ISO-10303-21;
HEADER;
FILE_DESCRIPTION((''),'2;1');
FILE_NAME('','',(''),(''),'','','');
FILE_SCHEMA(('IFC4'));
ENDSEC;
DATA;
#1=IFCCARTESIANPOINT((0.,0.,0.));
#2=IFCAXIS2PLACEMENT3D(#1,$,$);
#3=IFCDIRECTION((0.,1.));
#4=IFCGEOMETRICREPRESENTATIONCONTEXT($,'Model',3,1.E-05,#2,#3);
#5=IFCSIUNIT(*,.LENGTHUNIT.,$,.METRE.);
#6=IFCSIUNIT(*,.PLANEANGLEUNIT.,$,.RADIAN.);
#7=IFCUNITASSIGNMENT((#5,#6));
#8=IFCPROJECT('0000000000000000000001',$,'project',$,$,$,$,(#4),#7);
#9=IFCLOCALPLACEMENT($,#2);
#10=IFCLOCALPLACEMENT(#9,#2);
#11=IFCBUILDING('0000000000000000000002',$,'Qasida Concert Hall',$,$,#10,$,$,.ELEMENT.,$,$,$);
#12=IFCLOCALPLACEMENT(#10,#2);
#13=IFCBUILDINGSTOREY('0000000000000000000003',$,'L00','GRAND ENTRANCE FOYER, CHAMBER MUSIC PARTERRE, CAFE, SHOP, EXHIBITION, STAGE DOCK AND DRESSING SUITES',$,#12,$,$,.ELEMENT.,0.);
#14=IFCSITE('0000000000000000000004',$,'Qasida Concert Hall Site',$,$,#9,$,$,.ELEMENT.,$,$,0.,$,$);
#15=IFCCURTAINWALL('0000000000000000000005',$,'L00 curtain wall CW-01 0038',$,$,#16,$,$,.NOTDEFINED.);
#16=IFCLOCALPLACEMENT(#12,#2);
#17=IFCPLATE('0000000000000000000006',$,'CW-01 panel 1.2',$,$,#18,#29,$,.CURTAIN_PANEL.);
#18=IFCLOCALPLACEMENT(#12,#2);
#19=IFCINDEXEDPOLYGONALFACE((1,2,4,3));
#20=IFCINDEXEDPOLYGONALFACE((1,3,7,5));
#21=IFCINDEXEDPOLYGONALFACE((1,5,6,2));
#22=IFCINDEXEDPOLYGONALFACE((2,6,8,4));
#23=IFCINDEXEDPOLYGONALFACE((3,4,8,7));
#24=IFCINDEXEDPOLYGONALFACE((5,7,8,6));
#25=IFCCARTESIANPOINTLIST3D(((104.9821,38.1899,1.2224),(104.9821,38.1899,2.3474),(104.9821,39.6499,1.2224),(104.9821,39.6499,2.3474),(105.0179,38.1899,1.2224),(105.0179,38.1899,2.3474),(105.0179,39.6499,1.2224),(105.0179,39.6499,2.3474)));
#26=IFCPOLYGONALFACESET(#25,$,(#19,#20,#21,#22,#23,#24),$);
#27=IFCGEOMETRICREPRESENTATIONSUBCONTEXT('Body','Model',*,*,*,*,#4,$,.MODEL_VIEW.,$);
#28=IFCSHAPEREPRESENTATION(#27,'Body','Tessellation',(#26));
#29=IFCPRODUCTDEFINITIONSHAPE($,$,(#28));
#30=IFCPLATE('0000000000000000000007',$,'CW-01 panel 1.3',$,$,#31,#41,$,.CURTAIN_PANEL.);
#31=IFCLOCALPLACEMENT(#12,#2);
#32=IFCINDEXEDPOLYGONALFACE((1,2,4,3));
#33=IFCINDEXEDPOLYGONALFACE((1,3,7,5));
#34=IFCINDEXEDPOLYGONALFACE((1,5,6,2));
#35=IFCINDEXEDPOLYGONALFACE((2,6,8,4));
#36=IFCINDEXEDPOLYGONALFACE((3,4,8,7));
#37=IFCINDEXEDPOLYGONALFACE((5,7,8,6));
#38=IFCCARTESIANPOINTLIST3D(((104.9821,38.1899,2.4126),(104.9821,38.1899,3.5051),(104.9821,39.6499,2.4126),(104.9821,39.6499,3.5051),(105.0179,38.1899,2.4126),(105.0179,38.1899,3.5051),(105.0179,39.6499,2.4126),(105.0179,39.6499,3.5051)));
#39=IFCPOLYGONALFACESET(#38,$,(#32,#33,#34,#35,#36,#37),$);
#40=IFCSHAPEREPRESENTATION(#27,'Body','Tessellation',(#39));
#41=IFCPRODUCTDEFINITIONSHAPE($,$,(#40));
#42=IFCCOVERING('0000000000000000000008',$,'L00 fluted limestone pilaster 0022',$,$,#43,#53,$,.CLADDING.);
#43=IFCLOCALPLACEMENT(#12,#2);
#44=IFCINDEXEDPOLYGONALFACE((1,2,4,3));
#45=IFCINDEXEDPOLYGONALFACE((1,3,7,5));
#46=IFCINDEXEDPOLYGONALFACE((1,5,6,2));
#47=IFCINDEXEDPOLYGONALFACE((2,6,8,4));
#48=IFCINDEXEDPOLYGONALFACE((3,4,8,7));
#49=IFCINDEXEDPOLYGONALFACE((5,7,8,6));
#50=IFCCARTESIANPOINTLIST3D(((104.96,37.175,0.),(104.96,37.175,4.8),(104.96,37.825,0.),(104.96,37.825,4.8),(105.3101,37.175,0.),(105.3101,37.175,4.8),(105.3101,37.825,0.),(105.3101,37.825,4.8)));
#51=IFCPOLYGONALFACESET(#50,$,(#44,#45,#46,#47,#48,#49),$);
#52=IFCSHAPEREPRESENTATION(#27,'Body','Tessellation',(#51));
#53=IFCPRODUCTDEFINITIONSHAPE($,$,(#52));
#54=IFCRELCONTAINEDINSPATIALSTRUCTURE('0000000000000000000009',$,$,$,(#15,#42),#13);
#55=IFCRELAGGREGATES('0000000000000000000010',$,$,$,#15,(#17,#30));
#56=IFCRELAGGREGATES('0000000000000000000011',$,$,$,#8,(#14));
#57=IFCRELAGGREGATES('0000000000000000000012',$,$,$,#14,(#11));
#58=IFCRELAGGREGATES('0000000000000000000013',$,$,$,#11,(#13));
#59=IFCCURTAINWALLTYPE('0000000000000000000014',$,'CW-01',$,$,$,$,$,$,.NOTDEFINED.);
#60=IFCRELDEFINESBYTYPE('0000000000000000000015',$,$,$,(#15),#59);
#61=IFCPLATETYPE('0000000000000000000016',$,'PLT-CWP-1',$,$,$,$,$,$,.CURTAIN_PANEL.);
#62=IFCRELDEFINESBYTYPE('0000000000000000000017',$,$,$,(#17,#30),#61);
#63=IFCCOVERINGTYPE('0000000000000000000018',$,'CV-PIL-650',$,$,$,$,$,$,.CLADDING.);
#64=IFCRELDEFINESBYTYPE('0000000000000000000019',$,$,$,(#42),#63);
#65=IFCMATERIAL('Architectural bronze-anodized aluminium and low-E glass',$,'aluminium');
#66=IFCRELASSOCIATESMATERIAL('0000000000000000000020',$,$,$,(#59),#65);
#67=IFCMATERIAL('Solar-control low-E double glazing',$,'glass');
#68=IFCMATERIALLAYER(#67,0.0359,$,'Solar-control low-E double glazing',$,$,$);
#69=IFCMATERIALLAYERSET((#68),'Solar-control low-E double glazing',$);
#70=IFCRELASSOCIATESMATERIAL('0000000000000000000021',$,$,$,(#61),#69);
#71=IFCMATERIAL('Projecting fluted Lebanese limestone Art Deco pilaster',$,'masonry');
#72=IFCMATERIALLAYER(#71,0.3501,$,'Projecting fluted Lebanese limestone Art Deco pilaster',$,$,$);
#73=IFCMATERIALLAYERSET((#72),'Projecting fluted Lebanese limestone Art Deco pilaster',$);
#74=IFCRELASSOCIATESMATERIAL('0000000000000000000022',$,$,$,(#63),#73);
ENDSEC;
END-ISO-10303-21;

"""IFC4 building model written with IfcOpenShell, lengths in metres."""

from ifc_helpers import new_model, si_unit, direction, frame, origin, origin_2d, place, context, subcontext, project, spatial, rectangle, extrude, material, layer, layer_set, type_object, element, aggregate, save


model = new_model("IFC4")

# Units and contexts
model_context = context("Model", 3, precision=1e-05, world=origin(), true_north=direction((0.0, 1.0)))
body_context = subcontext(model_context, "Body", "Model", "MODEL_VIEW")
ifc_project = project(units=[si_unit("LENGTHUNIT", "METRE"), si_unit("PLANEANGLEUNIT", "RADIAN")], contexts=[model_context])

# Site, building, storey
site_placement = place(None, origin())
site = spatial("IfcSite", under=ifc_project, at=site_placement, Name="Qasida Concert Hall Site", CompositionType="ELEMENT", RefElevation=0.0)
building_placement = place(site_placement, origin())
building = spatial("IfcBuilding", under=site, at=building_placement, Name="Qasida Concert Hall", CompositionType="ELEMENT")
storey_placement = place(building_placement, origin())
storey = spatial("IfcBuildingStorey", under=building, at=storey_placement, Name="L00", Description="GRAND ENTRANCE FOYER, CHAMBER MUSIC PARTERRE, CAFE, SHOP, EXHIBITION, STAGE DOCK AND DRESSING SUITES", CompositionType="ELEMENT", Elevation=0.0)

# Shared definitions
ifc_material_1 = material(Name="Architectural bronze-anodized aluminium and low-E glass", Category="aluminium")
curtain_wall_type = type_object("IfcCurtainWallType", Name="CW-01", PredefinedType="NOTDEFINED", material=ifc_material_1)

# Curtain wall
curtain_wall_1_placement = place(storey_placement, origin())
curtain_wall_1 = element("IfcCurtainWall", 1, at=curtain_wall_1_placement, inside=storey, type_object=curtain_wall_type, Name="L00 curtain wall CW-01 0038", PredefinedType="NOTDEFINED")

# Plates
ifc_material_2 = material(Name="Solar-control low-E double glazing", Category="glass")
ifc_layer_1 = layer(ifc_material_2, 0.0359, Name="Solar-control low-E double glazing")
ifc_layer_set_1 = layer_set([ifc_layer_1], Name="Solar-control low-E double glazing")
plate_type = type_object("IfcPlateType", Name="PLT-CWP-1", PredefinedType="CURTAIN_PANEL", material=ifc_layer_set_1)
plate_1_placement = place(storey_placement, frame((105.0, 38.9199, 1.2224), z_axis=(0.0, 0.0, 1.0), x_axis=(0.0, 1.0, 0.0)))
plate_1 = element("IfcPlate", 2, at=plate_1_placement, type_object=plate_type, Name="CW-01 panel 1.2", PredefinedType="CURTAIN_PANEL", context=body_context, shape_type="SweptSolid", body=[
    extrude(rectangle(XDim=1.46, YDim=0.0359, at=origin_2d()), origin(), (0.0, 0.0, 1.0), 1.125),
])
plate_2_placement = place(storey_placement, frame((105.0, 38.9199, 2.4126), z_axis=(0.0, 0.0, 1.0), x_axis=(0.0, 1.0, 0.0)))
plate_2 = element("IfcPlate", 3, at=plate_2_placement, type_object=plate_type, Name="CW-01 panel 1.3", PredefinedType="CURTAIN_PANEL", context=body_context, shape_type="SweptSolid", body=[
    extrude(rectangle(XDim=1.46, YDim=0.0359, at=origin_2d()), origin(), (0.0, 0.0, 1.0), 1.0925),
])
aggregate(curtain_wall_1, [plate_1, plate_2])

# Covering
ifc_material_3 = material(Name="Projecting fluted Lebanese limestone Art Deco pilaster", Category="masonry")
ifc_layer_2 = layer(ifc_material_3, 0.3501, Name="Projecting fluted Lebanese limestone Art Deco pilaster")
ifc_layer_set_2 = layer_set([ifc_layer_2], Name="Projecting fluted Lebanese limestone Art Deco pilaster")
covering_type = type_object("IfcCoveringType", Name="CV-PIL-650", PredefinedType="CLADDING", material=ifc_layer_set_2)
covering_placement = place(storey_placement, frame((105.135, 37.5, 0.0), z_axis=(0.0, 0.0, 1.0), x_axis=(1.0, 0.0, 0.0)))
element("IfcCovering", 4, at=covering_placement, inside=storey, type_object=covering_type, Name="L00 fluted limestone pilaster 0022", PredefinedType="CLADDING", context=body_context, shape_type="SweptSolid", body=[
    extrude(rectangle(XDim=0.3501, YDim=0.6499, at=origin_2d()), origin(), (0.0, 0.0, 1.0), 4.8),
])

save(model, "model.ifc")
